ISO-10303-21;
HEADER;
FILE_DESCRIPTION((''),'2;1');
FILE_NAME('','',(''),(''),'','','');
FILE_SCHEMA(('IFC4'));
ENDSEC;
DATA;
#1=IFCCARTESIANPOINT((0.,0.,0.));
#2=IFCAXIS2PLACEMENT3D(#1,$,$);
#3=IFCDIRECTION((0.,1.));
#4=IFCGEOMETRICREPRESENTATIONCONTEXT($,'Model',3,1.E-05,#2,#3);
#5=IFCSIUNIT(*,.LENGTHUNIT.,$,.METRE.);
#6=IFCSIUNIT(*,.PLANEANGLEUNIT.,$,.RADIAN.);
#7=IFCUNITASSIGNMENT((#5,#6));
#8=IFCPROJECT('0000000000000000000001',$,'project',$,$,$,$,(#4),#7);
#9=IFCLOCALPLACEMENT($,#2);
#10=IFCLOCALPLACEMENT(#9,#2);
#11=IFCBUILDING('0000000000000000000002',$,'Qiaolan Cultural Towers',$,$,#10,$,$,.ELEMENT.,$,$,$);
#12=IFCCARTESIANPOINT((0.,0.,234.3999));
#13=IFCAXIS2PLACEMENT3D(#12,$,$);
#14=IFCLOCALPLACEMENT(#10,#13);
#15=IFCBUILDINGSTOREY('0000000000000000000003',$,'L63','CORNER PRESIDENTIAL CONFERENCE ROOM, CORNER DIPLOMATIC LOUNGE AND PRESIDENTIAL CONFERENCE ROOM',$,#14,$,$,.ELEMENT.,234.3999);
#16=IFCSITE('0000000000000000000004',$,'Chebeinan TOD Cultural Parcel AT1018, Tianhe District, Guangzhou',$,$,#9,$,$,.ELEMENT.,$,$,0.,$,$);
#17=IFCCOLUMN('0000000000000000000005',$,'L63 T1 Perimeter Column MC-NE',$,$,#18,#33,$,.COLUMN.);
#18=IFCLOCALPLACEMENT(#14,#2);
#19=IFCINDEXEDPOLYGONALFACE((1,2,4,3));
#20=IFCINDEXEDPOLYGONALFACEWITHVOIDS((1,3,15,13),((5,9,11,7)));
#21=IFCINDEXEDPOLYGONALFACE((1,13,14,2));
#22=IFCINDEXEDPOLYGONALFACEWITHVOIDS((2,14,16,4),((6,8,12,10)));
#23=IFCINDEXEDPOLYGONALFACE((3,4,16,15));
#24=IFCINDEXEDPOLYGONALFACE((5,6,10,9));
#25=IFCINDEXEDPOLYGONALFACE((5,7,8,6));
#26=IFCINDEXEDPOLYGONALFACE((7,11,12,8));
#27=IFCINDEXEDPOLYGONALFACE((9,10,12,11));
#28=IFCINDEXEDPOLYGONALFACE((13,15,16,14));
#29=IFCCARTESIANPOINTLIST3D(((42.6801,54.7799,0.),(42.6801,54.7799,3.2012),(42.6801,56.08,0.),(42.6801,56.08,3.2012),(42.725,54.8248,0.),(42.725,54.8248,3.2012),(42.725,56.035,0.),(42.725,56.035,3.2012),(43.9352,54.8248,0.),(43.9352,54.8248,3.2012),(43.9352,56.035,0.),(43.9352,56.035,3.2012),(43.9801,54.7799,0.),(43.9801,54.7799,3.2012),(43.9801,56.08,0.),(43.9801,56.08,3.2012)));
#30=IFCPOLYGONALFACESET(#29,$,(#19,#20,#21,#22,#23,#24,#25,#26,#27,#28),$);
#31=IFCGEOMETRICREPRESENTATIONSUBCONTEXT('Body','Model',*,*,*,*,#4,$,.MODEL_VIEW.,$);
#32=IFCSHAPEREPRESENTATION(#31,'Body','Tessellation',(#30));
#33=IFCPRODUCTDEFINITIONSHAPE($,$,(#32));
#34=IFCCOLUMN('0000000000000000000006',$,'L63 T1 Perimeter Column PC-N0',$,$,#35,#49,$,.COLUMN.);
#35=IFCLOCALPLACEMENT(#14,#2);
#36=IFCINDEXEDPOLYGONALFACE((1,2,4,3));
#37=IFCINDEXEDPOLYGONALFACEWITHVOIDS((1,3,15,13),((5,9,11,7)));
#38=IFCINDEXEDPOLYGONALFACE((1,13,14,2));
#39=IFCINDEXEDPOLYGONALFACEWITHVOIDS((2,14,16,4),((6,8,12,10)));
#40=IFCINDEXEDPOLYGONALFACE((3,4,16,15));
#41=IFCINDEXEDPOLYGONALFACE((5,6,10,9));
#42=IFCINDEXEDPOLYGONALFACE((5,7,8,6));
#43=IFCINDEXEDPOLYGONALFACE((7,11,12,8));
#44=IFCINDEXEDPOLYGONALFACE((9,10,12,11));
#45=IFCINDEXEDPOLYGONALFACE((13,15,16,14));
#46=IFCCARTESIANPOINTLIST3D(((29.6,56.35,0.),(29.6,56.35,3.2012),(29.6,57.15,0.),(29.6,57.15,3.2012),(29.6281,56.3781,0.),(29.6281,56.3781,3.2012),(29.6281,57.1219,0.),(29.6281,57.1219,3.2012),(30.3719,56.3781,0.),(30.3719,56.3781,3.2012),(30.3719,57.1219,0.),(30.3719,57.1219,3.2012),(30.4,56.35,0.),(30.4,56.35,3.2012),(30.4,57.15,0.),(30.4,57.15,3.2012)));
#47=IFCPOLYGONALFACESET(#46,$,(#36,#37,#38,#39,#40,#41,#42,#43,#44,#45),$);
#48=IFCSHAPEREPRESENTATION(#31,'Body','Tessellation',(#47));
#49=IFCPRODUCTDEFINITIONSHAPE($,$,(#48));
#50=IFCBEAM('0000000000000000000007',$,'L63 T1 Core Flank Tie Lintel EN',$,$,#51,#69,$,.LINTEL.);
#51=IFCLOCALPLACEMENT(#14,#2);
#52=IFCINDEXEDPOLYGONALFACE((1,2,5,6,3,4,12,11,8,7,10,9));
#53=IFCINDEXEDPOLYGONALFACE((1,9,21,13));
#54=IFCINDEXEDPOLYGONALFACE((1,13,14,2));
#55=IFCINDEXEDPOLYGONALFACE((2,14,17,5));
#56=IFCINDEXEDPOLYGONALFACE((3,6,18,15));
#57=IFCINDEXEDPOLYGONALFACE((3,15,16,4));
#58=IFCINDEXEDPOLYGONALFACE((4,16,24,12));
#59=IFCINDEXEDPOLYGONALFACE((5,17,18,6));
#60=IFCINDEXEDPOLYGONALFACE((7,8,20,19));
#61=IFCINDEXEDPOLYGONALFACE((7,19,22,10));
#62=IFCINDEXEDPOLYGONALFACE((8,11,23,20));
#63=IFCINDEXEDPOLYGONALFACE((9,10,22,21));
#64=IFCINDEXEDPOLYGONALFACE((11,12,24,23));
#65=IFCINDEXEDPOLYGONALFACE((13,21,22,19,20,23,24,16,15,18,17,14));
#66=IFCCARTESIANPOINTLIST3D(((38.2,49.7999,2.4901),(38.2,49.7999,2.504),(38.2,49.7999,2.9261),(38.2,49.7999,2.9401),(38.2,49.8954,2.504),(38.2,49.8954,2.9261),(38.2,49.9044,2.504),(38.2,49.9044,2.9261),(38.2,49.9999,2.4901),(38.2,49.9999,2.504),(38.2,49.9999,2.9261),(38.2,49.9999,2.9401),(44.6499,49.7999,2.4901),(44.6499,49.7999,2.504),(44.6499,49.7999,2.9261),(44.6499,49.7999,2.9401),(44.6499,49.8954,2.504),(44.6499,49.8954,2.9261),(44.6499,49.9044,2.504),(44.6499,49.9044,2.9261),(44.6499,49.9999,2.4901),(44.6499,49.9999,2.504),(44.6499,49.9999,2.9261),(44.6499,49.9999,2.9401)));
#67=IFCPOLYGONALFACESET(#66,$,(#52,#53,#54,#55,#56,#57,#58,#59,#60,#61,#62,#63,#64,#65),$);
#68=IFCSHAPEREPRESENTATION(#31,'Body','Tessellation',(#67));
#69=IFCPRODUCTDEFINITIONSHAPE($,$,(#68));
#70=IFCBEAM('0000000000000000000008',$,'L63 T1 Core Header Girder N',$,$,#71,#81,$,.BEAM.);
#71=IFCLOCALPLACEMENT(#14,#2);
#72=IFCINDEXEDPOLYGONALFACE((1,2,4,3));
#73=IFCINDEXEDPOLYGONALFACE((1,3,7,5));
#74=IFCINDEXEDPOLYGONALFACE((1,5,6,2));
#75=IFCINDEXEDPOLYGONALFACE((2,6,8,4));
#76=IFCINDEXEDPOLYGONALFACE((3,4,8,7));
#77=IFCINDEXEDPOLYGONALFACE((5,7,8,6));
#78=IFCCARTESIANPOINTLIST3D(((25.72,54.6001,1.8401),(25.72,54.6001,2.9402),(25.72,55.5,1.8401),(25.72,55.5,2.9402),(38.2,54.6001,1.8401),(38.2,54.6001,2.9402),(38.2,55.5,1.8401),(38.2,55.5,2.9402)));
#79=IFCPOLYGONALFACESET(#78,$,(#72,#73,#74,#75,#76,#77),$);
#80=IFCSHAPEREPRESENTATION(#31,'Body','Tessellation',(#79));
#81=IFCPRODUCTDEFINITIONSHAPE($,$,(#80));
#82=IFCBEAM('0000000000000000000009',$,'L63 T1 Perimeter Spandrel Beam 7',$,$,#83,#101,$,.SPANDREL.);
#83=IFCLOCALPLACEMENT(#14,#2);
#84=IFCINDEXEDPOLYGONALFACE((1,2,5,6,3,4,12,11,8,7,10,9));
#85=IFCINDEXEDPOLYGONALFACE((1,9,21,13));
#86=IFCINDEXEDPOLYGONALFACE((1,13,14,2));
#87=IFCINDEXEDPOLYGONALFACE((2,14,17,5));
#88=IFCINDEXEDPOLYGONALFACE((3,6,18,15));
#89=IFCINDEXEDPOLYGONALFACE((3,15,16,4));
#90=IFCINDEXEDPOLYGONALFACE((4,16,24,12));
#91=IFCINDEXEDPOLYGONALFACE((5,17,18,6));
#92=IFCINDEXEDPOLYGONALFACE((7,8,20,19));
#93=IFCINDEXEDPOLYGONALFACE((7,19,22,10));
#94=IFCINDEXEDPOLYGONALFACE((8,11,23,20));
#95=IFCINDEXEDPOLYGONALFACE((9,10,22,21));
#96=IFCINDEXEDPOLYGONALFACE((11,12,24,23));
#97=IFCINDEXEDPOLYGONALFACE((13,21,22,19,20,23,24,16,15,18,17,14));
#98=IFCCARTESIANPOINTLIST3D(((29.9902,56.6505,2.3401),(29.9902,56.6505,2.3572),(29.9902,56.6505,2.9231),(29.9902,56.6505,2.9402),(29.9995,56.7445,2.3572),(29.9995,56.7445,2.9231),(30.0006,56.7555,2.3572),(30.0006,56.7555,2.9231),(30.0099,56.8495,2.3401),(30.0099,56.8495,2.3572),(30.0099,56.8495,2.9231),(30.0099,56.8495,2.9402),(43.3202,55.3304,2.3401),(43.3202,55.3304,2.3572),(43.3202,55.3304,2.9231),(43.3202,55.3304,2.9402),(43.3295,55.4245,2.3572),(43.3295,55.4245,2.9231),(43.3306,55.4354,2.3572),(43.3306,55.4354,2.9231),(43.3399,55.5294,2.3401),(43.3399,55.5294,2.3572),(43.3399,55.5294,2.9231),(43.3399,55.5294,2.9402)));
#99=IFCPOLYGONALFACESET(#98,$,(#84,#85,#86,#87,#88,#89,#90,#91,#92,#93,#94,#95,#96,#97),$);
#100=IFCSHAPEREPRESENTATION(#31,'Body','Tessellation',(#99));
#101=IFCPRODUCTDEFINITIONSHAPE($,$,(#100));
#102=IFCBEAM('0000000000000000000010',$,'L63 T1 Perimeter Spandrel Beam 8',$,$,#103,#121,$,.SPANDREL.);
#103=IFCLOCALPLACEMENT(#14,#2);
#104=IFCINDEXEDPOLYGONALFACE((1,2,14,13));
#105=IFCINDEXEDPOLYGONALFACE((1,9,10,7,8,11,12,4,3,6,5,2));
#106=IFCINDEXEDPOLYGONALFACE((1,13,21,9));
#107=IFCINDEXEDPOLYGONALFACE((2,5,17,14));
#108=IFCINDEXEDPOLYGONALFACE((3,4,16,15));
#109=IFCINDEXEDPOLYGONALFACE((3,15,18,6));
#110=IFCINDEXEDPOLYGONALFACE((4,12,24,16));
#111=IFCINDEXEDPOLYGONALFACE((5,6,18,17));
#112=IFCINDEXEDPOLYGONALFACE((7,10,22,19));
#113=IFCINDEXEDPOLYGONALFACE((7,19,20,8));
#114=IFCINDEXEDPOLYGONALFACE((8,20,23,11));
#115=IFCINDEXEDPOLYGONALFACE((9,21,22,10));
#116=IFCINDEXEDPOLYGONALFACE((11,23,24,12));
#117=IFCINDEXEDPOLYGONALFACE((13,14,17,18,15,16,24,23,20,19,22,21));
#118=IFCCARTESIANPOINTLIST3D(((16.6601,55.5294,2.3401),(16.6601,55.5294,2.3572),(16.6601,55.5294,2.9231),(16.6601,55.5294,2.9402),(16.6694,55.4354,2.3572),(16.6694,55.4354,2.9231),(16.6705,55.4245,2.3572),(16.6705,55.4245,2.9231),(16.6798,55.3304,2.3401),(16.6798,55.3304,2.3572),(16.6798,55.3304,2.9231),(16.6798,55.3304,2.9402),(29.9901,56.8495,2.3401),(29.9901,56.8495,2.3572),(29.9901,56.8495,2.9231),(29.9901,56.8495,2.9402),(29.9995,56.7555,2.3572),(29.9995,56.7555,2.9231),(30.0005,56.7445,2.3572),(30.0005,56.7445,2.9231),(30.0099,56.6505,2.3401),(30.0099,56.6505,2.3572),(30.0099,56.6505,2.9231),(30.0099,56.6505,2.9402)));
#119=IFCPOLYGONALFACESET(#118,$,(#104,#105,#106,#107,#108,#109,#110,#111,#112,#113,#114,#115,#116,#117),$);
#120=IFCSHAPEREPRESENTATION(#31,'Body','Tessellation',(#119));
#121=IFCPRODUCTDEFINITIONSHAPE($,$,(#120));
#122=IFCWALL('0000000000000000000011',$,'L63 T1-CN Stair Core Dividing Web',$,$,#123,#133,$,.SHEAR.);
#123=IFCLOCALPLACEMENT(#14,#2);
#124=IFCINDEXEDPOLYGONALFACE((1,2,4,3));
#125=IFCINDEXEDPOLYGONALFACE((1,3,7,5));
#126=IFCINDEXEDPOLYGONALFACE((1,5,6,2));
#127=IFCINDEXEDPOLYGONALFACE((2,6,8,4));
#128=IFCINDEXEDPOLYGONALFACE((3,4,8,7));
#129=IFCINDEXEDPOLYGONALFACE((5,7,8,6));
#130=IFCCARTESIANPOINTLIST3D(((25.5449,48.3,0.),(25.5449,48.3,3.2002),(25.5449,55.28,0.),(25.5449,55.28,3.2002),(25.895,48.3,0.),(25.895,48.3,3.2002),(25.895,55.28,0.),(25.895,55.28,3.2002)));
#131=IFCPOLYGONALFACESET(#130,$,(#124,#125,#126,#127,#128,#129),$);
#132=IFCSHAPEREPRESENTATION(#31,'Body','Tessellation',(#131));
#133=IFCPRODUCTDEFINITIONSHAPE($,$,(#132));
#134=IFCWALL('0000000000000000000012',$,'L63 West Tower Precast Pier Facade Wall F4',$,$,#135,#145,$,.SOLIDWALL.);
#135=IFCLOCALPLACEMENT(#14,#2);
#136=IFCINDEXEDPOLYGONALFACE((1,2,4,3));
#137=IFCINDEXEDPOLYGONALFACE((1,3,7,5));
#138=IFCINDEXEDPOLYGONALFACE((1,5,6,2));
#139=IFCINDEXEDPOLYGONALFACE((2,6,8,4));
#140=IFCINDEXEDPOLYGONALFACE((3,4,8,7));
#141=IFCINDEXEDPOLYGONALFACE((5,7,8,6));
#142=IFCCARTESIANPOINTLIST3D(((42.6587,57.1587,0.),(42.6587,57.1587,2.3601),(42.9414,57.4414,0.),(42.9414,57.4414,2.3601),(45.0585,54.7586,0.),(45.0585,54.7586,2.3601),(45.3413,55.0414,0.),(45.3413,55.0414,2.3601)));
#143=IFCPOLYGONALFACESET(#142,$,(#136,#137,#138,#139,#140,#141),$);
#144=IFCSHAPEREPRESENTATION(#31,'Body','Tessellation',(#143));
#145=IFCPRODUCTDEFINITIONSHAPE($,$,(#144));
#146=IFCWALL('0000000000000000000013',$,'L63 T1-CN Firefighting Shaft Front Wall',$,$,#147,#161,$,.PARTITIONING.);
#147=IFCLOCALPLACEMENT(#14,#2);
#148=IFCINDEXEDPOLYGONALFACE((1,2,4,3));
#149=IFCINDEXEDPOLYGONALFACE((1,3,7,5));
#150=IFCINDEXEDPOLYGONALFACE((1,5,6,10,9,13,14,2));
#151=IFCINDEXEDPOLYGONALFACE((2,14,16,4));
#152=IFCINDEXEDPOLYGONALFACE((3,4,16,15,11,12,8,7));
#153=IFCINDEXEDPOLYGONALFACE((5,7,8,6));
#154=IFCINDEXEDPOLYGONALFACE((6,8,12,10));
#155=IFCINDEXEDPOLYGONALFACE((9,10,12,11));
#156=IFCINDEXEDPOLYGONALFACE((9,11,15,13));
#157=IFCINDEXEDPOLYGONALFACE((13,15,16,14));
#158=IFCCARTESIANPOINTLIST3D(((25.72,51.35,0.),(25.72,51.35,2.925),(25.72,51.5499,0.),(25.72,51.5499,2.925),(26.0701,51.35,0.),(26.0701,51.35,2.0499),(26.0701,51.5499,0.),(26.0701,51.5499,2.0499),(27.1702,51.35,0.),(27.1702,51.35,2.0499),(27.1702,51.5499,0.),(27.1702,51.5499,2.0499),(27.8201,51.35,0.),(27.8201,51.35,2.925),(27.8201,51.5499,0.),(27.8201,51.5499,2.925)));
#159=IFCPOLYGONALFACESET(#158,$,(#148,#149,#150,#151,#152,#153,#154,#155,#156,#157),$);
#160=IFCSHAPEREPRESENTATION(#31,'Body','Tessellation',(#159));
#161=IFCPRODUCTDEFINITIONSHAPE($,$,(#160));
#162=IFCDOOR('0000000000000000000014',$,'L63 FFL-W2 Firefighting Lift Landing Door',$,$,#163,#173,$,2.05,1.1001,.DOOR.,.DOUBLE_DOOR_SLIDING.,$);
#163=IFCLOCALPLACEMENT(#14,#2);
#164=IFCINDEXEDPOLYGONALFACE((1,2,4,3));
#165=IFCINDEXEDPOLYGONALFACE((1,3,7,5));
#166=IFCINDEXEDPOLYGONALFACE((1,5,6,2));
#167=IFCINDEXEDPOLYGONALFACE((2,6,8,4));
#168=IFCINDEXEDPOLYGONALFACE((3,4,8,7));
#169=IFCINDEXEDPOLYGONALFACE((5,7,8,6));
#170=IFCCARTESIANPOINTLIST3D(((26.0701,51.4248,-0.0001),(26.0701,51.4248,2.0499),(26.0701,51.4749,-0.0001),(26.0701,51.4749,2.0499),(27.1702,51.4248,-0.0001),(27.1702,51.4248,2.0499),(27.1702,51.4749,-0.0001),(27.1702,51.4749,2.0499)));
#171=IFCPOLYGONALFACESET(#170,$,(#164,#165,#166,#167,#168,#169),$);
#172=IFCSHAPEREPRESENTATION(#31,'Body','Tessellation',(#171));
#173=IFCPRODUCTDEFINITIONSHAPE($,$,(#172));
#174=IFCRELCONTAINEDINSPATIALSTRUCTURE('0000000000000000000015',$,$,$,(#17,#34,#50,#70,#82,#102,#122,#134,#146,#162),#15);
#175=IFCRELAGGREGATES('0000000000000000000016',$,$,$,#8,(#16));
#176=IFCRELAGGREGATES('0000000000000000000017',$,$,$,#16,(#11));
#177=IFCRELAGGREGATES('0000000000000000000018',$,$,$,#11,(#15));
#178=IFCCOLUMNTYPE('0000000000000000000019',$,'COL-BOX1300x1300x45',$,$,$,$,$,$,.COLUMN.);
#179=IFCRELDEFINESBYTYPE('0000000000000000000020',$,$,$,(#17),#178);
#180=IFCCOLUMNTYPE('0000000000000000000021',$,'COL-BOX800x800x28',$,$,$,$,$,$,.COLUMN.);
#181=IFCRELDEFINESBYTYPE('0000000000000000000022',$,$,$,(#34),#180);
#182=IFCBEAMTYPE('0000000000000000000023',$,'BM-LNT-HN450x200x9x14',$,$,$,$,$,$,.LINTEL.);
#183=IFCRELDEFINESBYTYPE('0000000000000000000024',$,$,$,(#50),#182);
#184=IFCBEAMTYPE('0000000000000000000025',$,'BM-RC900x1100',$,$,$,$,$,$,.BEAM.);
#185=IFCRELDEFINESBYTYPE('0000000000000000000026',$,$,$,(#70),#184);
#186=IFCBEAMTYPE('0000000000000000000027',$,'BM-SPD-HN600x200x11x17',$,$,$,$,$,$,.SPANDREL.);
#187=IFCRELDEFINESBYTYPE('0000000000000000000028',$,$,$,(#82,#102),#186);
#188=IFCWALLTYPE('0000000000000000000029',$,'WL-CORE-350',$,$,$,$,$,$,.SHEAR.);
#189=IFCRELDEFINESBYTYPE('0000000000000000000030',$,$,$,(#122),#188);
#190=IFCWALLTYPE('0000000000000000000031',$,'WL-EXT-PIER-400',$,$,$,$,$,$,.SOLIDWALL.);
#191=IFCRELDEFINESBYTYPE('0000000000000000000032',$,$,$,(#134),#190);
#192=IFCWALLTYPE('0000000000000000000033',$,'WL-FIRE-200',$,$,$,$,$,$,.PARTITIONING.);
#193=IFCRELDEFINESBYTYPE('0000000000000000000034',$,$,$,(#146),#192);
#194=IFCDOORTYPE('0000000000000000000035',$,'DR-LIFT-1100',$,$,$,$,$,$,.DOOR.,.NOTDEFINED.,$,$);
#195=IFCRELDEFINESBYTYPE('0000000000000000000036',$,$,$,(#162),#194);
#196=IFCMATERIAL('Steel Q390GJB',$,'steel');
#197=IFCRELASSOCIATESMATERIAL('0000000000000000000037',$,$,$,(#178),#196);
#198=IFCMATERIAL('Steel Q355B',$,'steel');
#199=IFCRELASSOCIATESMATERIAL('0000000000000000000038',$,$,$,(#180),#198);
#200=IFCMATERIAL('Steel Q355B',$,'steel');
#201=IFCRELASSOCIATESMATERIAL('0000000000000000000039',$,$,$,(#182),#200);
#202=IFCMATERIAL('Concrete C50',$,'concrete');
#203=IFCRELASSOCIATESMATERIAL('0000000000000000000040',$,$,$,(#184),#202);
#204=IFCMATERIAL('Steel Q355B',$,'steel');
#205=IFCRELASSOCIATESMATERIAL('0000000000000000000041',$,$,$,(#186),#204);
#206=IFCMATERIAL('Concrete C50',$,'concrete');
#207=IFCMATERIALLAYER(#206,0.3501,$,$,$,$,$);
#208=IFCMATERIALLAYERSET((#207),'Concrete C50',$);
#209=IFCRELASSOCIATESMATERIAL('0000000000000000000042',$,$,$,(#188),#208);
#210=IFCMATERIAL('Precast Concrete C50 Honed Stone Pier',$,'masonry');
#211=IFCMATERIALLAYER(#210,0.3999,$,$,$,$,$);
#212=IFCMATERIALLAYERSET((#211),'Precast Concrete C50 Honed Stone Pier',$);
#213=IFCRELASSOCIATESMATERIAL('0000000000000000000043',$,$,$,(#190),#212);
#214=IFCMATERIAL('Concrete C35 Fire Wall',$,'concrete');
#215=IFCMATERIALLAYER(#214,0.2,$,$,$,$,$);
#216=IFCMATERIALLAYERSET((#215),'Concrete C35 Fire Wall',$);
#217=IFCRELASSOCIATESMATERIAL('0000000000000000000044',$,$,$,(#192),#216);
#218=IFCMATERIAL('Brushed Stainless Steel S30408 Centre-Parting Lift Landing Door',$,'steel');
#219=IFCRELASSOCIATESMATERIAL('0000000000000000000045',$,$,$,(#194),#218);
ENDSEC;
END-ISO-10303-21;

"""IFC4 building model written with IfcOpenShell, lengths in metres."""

from ifc_helpers import new_model, si_unit, direction, frame, frame_2d, origin, origin_2d, place, context, subcontext, project, spatial, rectangle, hollow_rectangle, i_section, extrude, material, layer, layer_set, material_profile, profile_set, type_object, element, fill, save


model = new_model("IFC4")

# Units and contexts
model_context = context("Model", 3, precision=1e-05, world=origin(), true_north=direction((0.0, 1.0)))
body_context = subcontext(model_context, "Body", "Model", "MODEL_VIEW")
ifc_project = project(units=[si_unit("LENGTHUNIT", "METRE"), si_unit("PLANEANGLEUNIT", "RADIAN")], contexts=[model_context])

# Site, building, storey
site_placement = place(None, origin())
site = spatial("IfcSite", under=ifc_project, at=site_placement, Name="Chebeinan TOD Cultural Parcel AT1018, Tianhe District, Guangzhou", CompositionType="ELEMENT", RefElevation=0.0)
building_placement = place(site_placement, origin())
building = spatial("IfcBuilding", under=site, at=building_placement, Name="Qiaolan Cultural Towers", CompositionType="ELEMENT")
storey_placement = place(building_placement, frame((0.0, 0.0, 234.3999)))
storey = spatial("IfcBuildingStorey", under=building, at=storey_placement, Name="L63", Description="CORNER PRESIDENTIAL CONFERENCE ROOM, CORNER DIPLOMATIC LOUNGE AND PRESIDENTIAL CONFERENCE ROOM", CompositionType="ELEMENT", Elevation=234.3999)

# Columns
ifc_material_1 = material(Name="Steel Q390GJB", Category="steel")
ifc_material_profile_1 = material_profile(ifc_material_1, hollow_rectangle(XDim=1.3, YDim=1.3, WallThickness=0.0449, at=origin_2d()), Name="BOX1300x1300x45")
ifc_profile_set_1 = profile_set([ifc_material_profile_1], Name="Steel Q390GJB")
column_type_1 = type_object("IfcColumnType", Name="COL-BOX1300x1300x45", PredefinedType="COLUMN", material=ifc_profile_set_1)
column_1_placement = place(storey_placement, frame((43.3301, 55.4299, 0.0), z_axis=(0.0, 0.0, 1.0), x_axis=(1.0, 0.0, 0.0)))
element("IfcColumn", 1, at=column_1_placement, inside=storey, type_object=column_type_1, Name="L63 T1 Perimeter Column MC-NE", PredefinedType="COLUMN", context=body_context, shape_type="SweptSolid", body=[
    extrude(hollow_rectangle(XDim=1.3, YDim=1.3, WallThickness=0.0449, at=origin_2d()), origin(), (0.0, 0.0, 1.0), 3.2012),
])
ifc_material_2 = material(Name="Steel Q355B", Category="steel")
ifc_material_profile_2 = material_profile(ifc_material_2, hollow_rectangle(XDim=0.8, YDim=0.8, WallThickness=0.0281, at=origin_2d()), Name="BOX800x800x28")
ifc_profile_set_2 = profile_set([ifc_material_profile_2], Name="Steel Q355B")
column_type_2 = type_object("IfcColumnType", Name="COL-BOX800x800x28", PredefinedType="COLUMN", material=ifc_profile_set_2)
column_2_placement = place(storey_placement, frame((30.0, 56.75, 0.0), z_axis=(0.0, 0.0, 1.0), x_axis=(1.0, 0.0, 0.0)))
element("IfcColumn", 2, at=column_2_placement, inside=storey, type_object=column_type_2, Name="L63 T1 Perimeter Column PC-N0", PredefinedType="COLUMN", context=body_context, shape_type="SweptSolid", body=[
    extrude(hollow_rectangle(XDim=0.8, YDim=0.8, WallThickness=0.0281, at=origin_2d()), origin(), (0.0, 0.0, 1.0), 3.2012),
])

# Beams
ifc_material_3 = material(Name="Steel Q355B", Category="steel")
ifc_material_profile_3 = material_profile(ifc_material_3, i_section(OverallWidth=0.2, OverallDepth=0.45, WebThickness=0.009, FlangeThickness=0.0139, at=origin_2d()), Name="HN450x200x9x14")
ifc_profile_set_3 = profile_set([ifc_material_profile_3], Name="Steel Q355B")
beam_type_1 = type_object("IfcBeamType", Name="BM-LNT-HN450x200x9x14", PredefinedType="LINTEL", material=ifc_profile_set_3)
beam_1_placement = place(storey_placement, frame((38.2, 49.8999, 2.7151), z_axis=(1.0, 0.0, 0.0), x_axis=(0.0, 1.0, 0.0)))
element("IfcBeam", 3, at=beam_1_placement, inside=storey, type_object=beam_type_1, Name="L63 T1 Core Flank Tie Lintel EN", PredefinedType="LINTEL", context=body_context, shape_type="SweptSolid", body=[
    extrude(i_section(OverallWidth=0.2, OverallDepth=0.45, WebThickness=0.009, FlangeThickness=0.0139, at=origin_2d()), origin(), (0.0, 0.0, 1.0), 6.45),
])
ifc_material_4 = material(Name="Concrete C50", Category="concrete")
ifc_material_profile_4 = material_profile(ifc_material_4, rectangle(XDim=0.8999, YDim=1.1001, at=origin_2d()), Name="RC900x1100")
ifc_profile_set_4 = profile_set([ifc_material_profile_4], Name="Concrete C50")
beam_type_2 = type_object("IfcBeamType", Name="BM-RC900x1100", PredefinedType="BEAM", material=ifc_profile_set_4)
beam_2_placement = place(storey_placement, frame((25.72, 55.05, 2.3901), z_axis=(1.0, 0.0, 0.0), x_axis=(0.0, 1.0, 0.0)))
element("IfcBeam", 4, at=beam_2_placement, inside=storey, type_object=beam_type_2, Name="L63 T1 Core Header Girder N", PredefinedType="BEAM", context=body_context, shape_type="SweptSolid", body=[
    extrude(rectangle(XDim=0.8999, YDim=1.1001, at=origin_2d()), origin(), (0.0, 0.0, 1.0), 12.48),
])
ifc_material_5 = material(Name="Steel Q355B", Category="steel")
ifc_material_profile_5 = material_profile(ifc_material_5, i_section(OverallWidth=0.2, OverallDepth=0.6001, WebThickness=0.011, FlangeThickness=0.0171, at=origin_2d()), Name="HN600x200x11x17")
ifc_profile_set_5 = profile_set([ifc_material_profile_5], Name="Steel Q355B")
beam_type_3 = type_object("IfcBeamType", Name="BM-SPD-HN600x200x11x17", PredefinedType="SPANDREL", material=ifc_profile_set_5)
for number, where, z_axis, x_axis, name in (
    (5, (43.3301, 55.4299, 2.6401), (-0.995132, 0.098547, 0.0), (-0.098547, -0.995132, 0.0), "L63 T1 Perimeter Spandrel Beam 7"),
    (6, (30.0, 56.75, 2.6401), (-0.995132, -0.098547, 0.0), (0.098547, -0.995132, 0.0), "L63 T1 Perimeter Spandrel Beam 8"),
):
    element("IfcBeam", number, at=place(storey_placement, frame(where, z_axis=z_axis, x_axis=x_axis)), inside=storey, type_object=beam_type_3, Name=name, PredefinedType="SPANDREL", context=body_context, shape_type="SweptSolid", body=[
        extrude(i_section(OverallWidth=0.2, OverallDepth=0.6001, WebThickness=0.011, FlangeThickness=0.0171, at=origin_2d()), origin(), (0.0, 0.0, 1.0), 13.3953),
    ])

# Walls
ifc_material_6 = material(Name="Concrete C50", Category="concrete")
ifc_layer_1 = layer(ifc_material_6, 0.3501)
ifc_layer_set_1 = layer_set([ifc_layer_1], Name="Concrete C50")
wall_type_1 = type_object("IfcWallType", Name="WL-CORE-350", PredefinedType="SHEAR", material=ifc_layer_set_1)
wall_1_placement = place(storey_placement, frame((25.72, 48.3, 0.0), z_axis=(0.0, 0.0, 1.0), x_axis=(0.0, 1.0, 0.0)))
element("IfcWall", 7, at=wall_1_placement, inside=storey, type_object=wall_type_1, Name="L63 T1-CN Stair Core Dividing Web", PredefinedType="SHEAR", context=body_context, shape_type="SweptSolid", body=[
    extrude(rectangle(XDim=6.98, YDim=0.3501, at=frame_2d((3.49, 0.0))), origin(), (0.0, 0.0, 1.0), 3.2002),
])
ifc_material_7 = material(Name="Precast Concrete C50 Honed Stone Pier", Category="masonry")
ifc_layer_2 = layer(ifc_material_7, 0.3999)
ifc_layer_set_2 = layer_set([ifc_layer_2], Name="Precast Concrete C50 Honed Stone Pier")
wall_type_2 = type_object("IfcWallType", Name="WL-EXT-PIER-400", PredefinedType="SOLIDWALL", material=ifc_layer_set_2)
wall_2_placement = place(storey_placement, frame((42.8, 57.3, 0.0), z_axis=(0.0, 0.0, 1.0), x_axis=(0.707071, -0.707143, 0.0)))
element("IfcWall", 8, at=wall_2_placement, inside=storey, type_object=wall_type_2, Name="L63 West Tower Precast Pier Facade Wall F4", PredefinedType="SOLIDWALL", context=body_context, shape_type="SweptSolid", body=[
    extrude(rectangle(XDim=3.394, YDim=0.3999, at=frame_2d((1.697, 0.0))), origin(), (0.0, 0.0, 1.0), 2.3601),
])

# Wall, opening, door
ifc_material_8 = material(Name="Concrete C35 Fire Wall", Category="concrete")
ifc_layer_3 = layer(ifc_material_8, 0.2)
ifc_layer_set_3 = layer_set([ifc_layer_3], Name="Concrete C35 Fire Wall")
wall_type_3 = type_object("IfcWallType", Name="WL-FIRE-200", PredefinedType="PARTITIONING", material=ifc_layer_set_3)
wall_3_placement = place(storey_placement, frame((25.72, 51.45, 0.0), z_axis=(0.0, 0.0, 1.0), x_axis=(1.0, 0.0, 0.0)))
wall_3 = element("IfcWall", 9, at=wall_3_placement, inside=storey, type_object=wall_type_3, Name="L63 T1-CN Firefighting Shaft Front Wall", PredefinedType="PARTITIONING", context=body_context, shape_type="SweptSolid", body=[
    extrude(rectangle(XDim=2.1001, YDim=0.2, at=frame_2d((1.05, 0.0))), origin(), (0.0, 0.0, 1.0), 2.925),
])
opening_1_placement = place(wall_3_placement, frame((0.3501, 0.0, 0.0)))
opening_1 = element("IfcOpeningElement", 10, at=opening_1_placement, cuts=wall_3, PredefinedType="OPENING", context=body_context, shape_type="SweptSolid", body=[
    extrude(rectangle(XDim=1.1001, YDim=2.05, at=frame_2d((0.55, 1.0249))), frame((0.0, 0.1099, 0.0), z_axis=(0.0, -1.0, 0.0), x_axis=(1.0, 0.0, 0.0)), (0.0, 0.0, 1.0), 0.22),
])
ifc_material_9 = material(Name="Brushed Stainless Steel S30408 Centre-Parting Lift Landing Door", Category="steel")
door_type_1 = type_object("IfcDoorType", Name="DR-LIFT-1100", OperationType="NOTDEFINED", PredefinedType="DOOR", material=ifc_material_9)
door_1_placement = place(opening_1_placement, origin())
door_1 = element("IfcDoor", 11, at=door_1_placement, inside=storey, type_object=door_type_1, Name="L63 FFL-W2 Firefighting Lift Landing Door", OperationType="DOUBLE_DOOR_SLIDING", OverallHeight=2.05, OverallWidth=1.1001, PredefinedType="DOOR", context=body_context, shape_type="SweptSolid", body=[
    extrude(rectangle(XDim=1.1001, YDim=2.05, at=frame_2d((0.55, 1.0249))), frame((0.0, 0.0249, 0.0), z_axis=(0.0, -1.0, 0.0), x_axis=(1.0, 0.0, 0.0)), (0.0, 0.0, 1.0), 0.05),
])
fill(opening_1, door_1)

save(model, "model.ifc")
